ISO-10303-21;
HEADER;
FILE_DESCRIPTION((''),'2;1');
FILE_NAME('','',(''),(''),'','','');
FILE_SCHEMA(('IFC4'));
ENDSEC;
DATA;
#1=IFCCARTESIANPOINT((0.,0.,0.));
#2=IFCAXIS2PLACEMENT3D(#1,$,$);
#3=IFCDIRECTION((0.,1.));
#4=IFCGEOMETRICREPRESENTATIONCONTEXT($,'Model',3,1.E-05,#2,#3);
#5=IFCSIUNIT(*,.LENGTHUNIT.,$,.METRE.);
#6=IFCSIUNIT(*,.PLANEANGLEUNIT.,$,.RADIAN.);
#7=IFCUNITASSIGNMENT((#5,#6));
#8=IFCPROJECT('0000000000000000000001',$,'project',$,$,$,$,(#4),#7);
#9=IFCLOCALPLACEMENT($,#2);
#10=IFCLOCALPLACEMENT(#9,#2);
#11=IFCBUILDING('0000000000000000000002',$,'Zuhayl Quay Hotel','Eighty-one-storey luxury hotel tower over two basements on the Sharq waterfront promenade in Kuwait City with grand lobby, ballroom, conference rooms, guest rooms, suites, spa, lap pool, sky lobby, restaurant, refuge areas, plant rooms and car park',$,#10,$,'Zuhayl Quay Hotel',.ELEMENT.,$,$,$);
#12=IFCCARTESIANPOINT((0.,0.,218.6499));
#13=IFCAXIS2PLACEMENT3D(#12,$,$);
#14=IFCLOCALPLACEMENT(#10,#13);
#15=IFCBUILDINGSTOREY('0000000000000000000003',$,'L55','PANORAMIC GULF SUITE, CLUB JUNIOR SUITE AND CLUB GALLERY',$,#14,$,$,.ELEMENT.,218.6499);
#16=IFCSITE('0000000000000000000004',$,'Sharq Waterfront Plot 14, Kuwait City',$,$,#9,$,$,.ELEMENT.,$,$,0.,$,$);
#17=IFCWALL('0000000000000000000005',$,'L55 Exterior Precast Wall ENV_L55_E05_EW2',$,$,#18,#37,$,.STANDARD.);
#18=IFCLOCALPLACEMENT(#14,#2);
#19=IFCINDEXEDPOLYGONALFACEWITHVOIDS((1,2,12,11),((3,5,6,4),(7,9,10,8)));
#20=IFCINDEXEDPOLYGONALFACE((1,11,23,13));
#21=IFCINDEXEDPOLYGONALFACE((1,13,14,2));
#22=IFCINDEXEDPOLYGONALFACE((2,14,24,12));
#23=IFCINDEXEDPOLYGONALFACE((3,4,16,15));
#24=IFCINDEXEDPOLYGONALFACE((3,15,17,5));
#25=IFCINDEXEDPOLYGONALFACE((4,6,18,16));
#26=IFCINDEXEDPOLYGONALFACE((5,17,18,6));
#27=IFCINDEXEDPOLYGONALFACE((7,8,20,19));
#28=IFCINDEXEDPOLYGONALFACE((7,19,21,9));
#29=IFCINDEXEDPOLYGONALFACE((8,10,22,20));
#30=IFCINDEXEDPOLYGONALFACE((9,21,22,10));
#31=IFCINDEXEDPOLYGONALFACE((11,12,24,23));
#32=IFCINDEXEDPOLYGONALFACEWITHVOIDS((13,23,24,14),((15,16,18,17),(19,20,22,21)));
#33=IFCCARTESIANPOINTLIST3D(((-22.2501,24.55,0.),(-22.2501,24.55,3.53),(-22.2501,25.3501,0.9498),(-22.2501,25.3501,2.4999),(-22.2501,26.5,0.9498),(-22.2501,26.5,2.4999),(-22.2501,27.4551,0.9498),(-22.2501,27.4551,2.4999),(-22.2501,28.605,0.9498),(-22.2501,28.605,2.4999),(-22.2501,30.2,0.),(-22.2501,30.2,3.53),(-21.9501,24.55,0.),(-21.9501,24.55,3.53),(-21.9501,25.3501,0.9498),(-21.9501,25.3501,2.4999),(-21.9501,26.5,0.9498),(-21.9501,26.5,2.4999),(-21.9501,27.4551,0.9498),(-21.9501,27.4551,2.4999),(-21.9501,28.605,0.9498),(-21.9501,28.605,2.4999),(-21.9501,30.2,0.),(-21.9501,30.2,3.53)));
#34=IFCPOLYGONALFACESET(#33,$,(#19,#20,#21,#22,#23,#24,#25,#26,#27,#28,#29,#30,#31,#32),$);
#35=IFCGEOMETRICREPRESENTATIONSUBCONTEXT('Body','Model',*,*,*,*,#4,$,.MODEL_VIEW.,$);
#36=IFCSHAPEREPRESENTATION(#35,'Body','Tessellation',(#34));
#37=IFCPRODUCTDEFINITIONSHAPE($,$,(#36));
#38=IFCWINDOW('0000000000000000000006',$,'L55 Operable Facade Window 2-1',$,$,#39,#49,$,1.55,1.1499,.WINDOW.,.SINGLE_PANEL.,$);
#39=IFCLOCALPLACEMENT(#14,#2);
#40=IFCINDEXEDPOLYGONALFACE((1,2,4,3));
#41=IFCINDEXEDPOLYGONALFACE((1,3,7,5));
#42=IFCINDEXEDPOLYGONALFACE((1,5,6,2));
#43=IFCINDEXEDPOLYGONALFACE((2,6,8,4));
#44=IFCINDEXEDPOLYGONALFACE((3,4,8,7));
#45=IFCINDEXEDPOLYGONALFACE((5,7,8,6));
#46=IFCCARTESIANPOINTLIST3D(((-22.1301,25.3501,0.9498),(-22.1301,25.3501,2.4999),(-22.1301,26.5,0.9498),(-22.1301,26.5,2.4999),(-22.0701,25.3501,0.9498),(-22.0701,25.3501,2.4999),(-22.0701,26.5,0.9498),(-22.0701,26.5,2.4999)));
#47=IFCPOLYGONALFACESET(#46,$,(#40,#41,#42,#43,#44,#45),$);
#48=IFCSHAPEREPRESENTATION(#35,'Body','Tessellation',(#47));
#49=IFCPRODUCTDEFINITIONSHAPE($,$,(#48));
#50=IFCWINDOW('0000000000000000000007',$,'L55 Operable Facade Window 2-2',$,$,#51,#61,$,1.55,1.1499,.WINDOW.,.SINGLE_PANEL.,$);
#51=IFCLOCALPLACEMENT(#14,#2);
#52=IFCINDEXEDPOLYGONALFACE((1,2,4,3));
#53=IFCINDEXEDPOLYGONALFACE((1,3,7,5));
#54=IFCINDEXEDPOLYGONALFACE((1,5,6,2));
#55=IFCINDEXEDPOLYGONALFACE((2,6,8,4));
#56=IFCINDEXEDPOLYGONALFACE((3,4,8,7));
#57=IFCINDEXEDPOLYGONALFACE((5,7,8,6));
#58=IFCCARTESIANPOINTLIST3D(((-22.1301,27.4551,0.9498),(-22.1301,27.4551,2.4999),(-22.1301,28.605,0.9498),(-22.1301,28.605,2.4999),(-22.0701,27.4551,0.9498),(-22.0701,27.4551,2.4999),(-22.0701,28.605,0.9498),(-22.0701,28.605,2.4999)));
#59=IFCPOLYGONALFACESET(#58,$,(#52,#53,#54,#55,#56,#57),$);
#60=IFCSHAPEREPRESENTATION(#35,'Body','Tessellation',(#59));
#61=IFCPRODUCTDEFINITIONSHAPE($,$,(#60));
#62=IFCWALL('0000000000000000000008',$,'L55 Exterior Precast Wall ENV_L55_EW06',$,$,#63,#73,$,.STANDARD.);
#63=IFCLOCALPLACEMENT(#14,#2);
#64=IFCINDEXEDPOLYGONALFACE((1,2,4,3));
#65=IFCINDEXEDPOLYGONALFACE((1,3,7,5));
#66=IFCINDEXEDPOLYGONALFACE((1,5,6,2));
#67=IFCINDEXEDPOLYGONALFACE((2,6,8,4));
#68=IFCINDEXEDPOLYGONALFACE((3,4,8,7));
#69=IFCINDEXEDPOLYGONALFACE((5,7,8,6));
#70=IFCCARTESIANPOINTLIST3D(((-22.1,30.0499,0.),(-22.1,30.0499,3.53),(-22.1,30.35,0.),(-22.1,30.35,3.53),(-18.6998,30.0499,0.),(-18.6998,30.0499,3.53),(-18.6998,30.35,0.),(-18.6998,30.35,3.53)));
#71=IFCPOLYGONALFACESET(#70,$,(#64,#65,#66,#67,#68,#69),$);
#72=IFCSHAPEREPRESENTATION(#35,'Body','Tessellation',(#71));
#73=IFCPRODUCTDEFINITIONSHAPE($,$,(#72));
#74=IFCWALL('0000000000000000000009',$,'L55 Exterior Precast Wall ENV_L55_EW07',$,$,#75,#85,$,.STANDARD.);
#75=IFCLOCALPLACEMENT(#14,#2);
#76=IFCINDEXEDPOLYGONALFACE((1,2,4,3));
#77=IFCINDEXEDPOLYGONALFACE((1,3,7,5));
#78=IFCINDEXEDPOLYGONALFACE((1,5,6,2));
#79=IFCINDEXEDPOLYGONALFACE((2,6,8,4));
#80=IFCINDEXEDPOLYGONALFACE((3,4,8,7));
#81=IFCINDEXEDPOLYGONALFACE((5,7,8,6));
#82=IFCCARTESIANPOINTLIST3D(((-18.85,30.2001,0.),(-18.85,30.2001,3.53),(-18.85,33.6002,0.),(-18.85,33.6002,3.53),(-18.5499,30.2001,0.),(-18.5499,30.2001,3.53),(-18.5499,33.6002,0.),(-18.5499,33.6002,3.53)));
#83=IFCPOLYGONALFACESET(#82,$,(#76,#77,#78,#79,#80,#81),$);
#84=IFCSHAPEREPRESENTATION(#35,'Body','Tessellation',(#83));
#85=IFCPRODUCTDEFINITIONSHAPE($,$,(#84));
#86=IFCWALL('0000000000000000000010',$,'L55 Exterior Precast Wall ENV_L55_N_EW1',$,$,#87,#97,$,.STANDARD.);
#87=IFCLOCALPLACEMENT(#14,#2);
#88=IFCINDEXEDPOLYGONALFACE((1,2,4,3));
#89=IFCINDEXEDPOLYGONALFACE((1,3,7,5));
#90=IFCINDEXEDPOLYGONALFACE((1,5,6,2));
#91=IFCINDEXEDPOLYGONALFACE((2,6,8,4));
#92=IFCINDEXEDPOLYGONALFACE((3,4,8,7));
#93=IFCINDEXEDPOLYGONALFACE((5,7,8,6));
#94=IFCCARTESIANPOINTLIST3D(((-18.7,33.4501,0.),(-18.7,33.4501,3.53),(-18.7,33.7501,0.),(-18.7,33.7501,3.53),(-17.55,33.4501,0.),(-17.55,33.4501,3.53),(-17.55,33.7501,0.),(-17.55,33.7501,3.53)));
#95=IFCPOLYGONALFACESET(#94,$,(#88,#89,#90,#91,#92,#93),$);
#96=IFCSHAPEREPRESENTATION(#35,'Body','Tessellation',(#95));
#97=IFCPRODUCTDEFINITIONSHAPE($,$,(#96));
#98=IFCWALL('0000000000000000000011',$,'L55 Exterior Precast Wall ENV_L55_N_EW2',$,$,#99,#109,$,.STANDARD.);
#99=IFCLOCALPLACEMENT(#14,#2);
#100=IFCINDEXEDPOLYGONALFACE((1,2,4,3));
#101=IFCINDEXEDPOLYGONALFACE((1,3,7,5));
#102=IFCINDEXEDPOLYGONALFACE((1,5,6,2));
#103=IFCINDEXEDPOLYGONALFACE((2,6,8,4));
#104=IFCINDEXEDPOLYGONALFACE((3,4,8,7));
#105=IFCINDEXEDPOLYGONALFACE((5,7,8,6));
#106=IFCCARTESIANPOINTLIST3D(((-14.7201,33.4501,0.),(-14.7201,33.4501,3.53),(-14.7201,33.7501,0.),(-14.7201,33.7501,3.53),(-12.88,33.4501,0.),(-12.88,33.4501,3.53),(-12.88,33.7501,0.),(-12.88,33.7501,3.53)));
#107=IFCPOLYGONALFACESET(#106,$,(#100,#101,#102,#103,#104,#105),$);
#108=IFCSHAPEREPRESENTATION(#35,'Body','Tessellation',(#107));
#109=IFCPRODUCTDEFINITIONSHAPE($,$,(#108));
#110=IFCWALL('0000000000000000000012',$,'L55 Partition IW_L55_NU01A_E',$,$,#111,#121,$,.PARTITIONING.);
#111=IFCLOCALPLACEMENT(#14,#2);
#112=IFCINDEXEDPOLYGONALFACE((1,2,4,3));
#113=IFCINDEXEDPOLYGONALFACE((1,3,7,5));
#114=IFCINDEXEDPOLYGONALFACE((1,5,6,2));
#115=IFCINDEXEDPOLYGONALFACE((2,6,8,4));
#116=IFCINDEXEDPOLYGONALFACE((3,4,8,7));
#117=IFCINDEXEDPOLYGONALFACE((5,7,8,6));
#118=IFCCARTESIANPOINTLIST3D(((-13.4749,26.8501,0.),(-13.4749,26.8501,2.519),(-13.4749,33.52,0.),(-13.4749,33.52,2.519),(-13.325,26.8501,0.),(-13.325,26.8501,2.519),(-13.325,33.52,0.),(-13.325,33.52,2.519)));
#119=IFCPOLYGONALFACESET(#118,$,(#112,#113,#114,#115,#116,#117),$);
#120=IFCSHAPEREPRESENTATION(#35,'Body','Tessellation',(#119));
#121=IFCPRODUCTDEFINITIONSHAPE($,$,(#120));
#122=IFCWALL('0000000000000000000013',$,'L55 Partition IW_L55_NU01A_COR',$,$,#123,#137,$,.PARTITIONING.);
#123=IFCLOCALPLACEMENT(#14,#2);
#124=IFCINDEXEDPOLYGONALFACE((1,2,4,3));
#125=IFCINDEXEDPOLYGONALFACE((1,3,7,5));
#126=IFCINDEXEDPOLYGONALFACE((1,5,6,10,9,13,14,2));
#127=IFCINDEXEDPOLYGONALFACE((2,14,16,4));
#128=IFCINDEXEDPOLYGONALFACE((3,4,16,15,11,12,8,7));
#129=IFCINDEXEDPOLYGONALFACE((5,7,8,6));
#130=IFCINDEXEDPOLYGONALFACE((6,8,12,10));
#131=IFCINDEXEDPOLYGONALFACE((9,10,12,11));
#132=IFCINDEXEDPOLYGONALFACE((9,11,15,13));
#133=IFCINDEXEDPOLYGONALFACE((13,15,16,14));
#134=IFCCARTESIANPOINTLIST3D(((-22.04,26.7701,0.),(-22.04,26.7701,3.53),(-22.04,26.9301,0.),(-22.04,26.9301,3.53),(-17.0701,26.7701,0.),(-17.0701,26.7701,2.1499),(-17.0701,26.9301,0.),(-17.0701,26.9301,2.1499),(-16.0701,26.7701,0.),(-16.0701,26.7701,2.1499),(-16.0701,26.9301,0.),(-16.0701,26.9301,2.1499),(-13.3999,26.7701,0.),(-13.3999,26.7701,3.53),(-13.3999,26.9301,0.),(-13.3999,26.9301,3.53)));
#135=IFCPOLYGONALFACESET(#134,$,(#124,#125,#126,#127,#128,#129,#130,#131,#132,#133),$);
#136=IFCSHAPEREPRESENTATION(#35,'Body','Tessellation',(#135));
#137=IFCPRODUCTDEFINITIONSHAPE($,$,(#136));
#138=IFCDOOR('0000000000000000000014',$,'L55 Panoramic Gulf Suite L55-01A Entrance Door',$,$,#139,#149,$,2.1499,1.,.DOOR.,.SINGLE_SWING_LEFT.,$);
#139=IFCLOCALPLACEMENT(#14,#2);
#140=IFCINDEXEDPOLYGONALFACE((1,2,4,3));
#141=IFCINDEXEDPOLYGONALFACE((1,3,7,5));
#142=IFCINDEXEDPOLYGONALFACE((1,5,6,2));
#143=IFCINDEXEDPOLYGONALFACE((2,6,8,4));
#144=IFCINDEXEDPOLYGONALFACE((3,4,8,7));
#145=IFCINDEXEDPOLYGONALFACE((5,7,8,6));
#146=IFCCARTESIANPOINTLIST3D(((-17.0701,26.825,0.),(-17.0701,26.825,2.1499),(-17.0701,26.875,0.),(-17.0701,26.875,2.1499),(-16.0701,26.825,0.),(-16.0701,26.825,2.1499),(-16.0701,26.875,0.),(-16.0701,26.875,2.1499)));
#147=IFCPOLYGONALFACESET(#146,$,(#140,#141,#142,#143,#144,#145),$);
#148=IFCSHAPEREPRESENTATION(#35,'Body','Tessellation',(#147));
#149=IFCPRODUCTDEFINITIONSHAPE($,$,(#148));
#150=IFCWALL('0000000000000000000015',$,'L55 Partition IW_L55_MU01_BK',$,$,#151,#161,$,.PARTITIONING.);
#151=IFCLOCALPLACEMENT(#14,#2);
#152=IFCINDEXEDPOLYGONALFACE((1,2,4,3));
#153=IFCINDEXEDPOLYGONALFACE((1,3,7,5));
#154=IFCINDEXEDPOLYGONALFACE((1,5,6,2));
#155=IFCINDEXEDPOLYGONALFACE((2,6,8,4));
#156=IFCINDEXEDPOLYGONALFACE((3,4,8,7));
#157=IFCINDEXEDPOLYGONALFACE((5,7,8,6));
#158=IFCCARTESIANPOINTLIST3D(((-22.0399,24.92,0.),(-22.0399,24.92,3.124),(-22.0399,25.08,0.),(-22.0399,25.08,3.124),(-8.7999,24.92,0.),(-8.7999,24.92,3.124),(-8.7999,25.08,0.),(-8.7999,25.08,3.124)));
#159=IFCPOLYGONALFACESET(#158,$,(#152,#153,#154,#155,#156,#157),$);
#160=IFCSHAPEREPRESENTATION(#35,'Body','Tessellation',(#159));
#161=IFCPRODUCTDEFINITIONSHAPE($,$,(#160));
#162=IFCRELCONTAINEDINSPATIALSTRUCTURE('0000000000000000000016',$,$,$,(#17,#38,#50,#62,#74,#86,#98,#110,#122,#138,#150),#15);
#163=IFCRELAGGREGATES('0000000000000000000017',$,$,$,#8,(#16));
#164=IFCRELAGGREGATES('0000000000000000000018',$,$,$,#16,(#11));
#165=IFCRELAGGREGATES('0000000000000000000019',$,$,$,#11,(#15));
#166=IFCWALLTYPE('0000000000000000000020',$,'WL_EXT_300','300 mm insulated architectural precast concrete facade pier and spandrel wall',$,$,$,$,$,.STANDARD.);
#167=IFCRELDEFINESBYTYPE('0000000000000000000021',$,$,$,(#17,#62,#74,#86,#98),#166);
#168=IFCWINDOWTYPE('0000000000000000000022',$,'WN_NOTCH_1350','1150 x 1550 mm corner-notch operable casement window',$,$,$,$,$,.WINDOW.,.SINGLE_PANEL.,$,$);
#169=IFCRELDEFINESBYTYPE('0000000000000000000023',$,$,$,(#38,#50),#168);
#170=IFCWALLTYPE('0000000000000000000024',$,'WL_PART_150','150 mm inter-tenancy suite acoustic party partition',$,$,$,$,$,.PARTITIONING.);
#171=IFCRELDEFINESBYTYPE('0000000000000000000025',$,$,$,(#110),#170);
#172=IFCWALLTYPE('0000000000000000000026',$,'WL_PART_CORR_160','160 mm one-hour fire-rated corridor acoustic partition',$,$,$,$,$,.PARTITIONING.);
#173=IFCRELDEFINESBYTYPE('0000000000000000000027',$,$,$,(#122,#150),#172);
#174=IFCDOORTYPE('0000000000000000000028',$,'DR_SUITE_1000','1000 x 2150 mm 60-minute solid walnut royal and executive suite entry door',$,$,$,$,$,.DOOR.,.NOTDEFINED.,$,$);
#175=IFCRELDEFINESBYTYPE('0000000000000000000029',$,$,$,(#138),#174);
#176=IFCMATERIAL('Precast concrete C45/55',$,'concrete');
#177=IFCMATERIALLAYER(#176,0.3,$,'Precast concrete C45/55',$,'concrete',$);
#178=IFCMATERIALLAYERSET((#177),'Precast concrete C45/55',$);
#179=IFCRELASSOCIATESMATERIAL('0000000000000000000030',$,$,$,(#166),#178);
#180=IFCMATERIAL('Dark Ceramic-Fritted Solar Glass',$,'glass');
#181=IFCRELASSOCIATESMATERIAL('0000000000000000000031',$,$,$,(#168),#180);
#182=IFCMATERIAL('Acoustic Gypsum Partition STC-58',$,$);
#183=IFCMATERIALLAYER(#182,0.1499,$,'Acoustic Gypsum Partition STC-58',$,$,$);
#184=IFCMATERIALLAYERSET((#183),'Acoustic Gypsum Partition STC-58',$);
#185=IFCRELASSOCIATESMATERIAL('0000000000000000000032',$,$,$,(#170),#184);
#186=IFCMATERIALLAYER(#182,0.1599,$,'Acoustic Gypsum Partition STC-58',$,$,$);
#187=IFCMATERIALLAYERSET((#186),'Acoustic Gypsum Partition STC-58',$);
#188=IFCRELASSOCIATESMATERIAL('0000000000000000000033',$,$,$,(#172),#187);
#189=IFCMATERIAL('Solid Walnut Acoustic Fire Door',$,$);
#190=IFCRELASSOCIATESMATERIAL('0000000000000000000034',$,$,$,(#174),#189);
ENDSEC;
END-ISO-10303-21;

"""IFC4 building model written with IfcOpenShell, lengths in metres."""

from ifc_helpers import new_model, si_unit, direction, frame, frame_2d, origin, place, context, subcontext, project, spatial, rectangle, extrude, material, layer, layer_set, type_object, element, fill, save


model = new_model("IFC4")

# Units and contexts
model_context = context("Model", 3, precision=1e-05, world=origin(), true_north=direction((0.0, 1.0)))
body_context = subcontext(model_context, "Body", "Model", "MODEL_VIEW")
ifc_project = project(units=[si_unit("LENGTHUNIT", "METRE"), si_unit("PLANEANGLEUNIT", "RADIAN")], contexts=[model_context])

# Site, building, storey
site_placement = place(None, origin())
site = spatial("IfcSite", under=ifc_project, at=site_placement, Name="Sharq Waterfront Plot 14, Kuwait City", CompositionType="ELEMENT", RefElevation=0.0)
building_placement = place(site_placement, origin())
building = spatial("IfcBuilding", under=site, at=building_placement, Name="Zuhayl Quay Hotel", Description="Eighty-one-storey luxury hotel tower over two basements on the Sharq waterfront promenade in Kuwait City with grand lobby, ballroom, conference rooms, guest rooms, suites, spa, lap pool, sky lobby, restaurant, refuge areas, plant rooms and car park", LongName="Zuhayl Quay Hotel", CompositionType="ELEMENT")
storey_placement = place(building_placement, frame((0.0, 0.0, 218.6499)))
storey = spatial("IfcBuildingStorey", under=building, at=storey_placement, Name="L55", Description="PANORAMIC GULF SUITE, CLUB JUNIOR SUITE AND CLUB GALLERY", CompositionType="ELEMENT", Elevation=218.6499)

# Shared definitions
ifc_material_1 = material(Name="Dark Ceramic-Fritted Solar Glass", Category="glass")

# Wall, openings, windows
ifc_material_2 = material(Name="Precast concrete C45/55", Category="concrete")
ifc_layer_1 = layer(ifc_material_2, 0.3, Name="Precast concrete C45/55", Category="concrete")
ifc_layer_set_1 = layer_set([ifc_layer_1], Name="Precast concrete C45/55")
wall_type_1 = type_object("IfcWallType", Name="WL_EXT_300", Description="300 mm insulated architectural precast concrete facade pier and spandrel wall", PredefinedType="STANDARD", material=ifc_layer_set_1)
wall_1_placement = place(storey_placement, frame((-22.1001, 24.55, 0.0), z_axis=(0.0, 0.0, 1.0), x_axis=(0.0, 1.0, 0.0)))
wall_1 = element("IfcWall", 1, at=wall_1_placement, inside=storey, type_object=wall_type_1, Name="L55 Exterior Precast Wall ENV_L55_E05_EW2", PredefinedType="STANDARD", context=body_context, shape_type="SweptSolid", body=[
    extrude(rectangle(XDim=5.6499, YDim=0.3, at=frame_2d((2.825, 0.0))), origin(), (0.0, 0.0, 1.0), 3.53),
])
opening_1_placement = place(wall_1_placement, frame((0.8, 0.0, 0.95)))
opening_1 = element("IfcOpeningElement", 2, at=opening_1_placement, cuts=wall_1, PredefinedType="OPENING", context=body_context, shape_type="SweptSolid", body=[
    extrude(rectangle(XDim=1.1499, YDim=1.55, at=frame_2d((0.575, 0.7749))), frame((0.0, 0.1599, 0.0), z_axis=(0.0, -1.0, 0.0), x_axis=(1.0, 0.0, 0.0)), (0.0, 0.0, 1.0), 0.3201),
])
opening_2_placement = place(wall_1_placement, frame((2.905, 0.0, 0.95)))
opening_2 = element("IfcOpeningElement", 3, at=opening_2_placement, cuts=wall_1, PredefinedType="OPENING", context=body_context, shape_type="SweptSolid", body=[
    extrude(rectangle(XDim=1.1499, YDim=1.55, at=frame_2d((0.575, 0.7749))), frame((0.0, 0.1599, 0.0), z_axis=(0.0, -1.0, 0.0), x_axis=(1.0, 0.0, 0.0)), (0.0, 0.0, 1.0), 0.3201),
])
window_type = type_object("IfcWindowType", Name="WN_NOTCH_1350", Description="1150 x 1550 mm corner-notch operable casement window", PartitioningType="SINGLE_PANEL", PredefinedType="WINDOW", material=ifc_material_1)
window_1_placement = place(opening_1_placement, origin())
window_1 = element("IfcWindow", 4, at=window_1_placement, inside=storey, type_object=window_type, Name="L55 Operable Facade Window 2-1", OverallHeight=1.55, OverallWidth=1.1499, PartitioningType="SINGLE_PANEL", PredefinedType="WINDOW", context=body_context, shape_type="SweptSolid", body=[
    extrude(rectangle(XDim=1.1499, YDim=1.55, at=frame_2d((0.575, 0.7749))), frame((0.0, 0.03, 0.0), z_axis=(0.0, -1.0, 0.0), x_axis=(1.0, 0.0, 0.0)), (0.0, 0.0, 1.0), 0.0601),
])
fill(opening_1, window_1)
window_2_placement = place(opening_2_placement, origin())
window_2 = element("IfcWindow", 5, at=window_2_placement, inside=storey, type_object=window_type, Name="L55 Operable Facade Window 2-2", OverallHeight=1.55, OverallWidth=1.1499, PartitioningType="SINGLE_PANEL", PredefinedType="WINDOW", context=body_context, shape_type="SweptSolid", body=[
    extrude(rectangle(XDim=1.1499, YDim=1.55, at=frame_2d((0.575, 0.7749))), frame((0.0, 0.03, 0.0), z_axis=(0.0, -1.0, 0.0), x_axis=(1.0, 0.0, 0.0)), (0.0, 0.0, 1.0), 0.0601),
])
fill(opening_2, window_2)

# Walls
for number, where, z_axis, x_axis, name in (
    (6, (-22.1001, 30.2, 0.0), (0.0, 0.0, 1.0), (1.0, 0.0, 0.0), "L55 Exterior Precast Wall ENV_L55_EW06"),
    (7, (-18.7, 30.2, 0.0), (0.0, 0.0, 1.0), (0.0, 1.0, 0.0), "L55 Exterior Precast Wall ENV_L55_EW07"),
):
    element("IfcWall", number, at=place(storey_placement, frame(where, z_axis=z_axis, x_axis=x_axis)), inside=storey, type_object=wall_type_1, Name=name, PredefinedType="STANDARD", context=body_context, shape_type="SweptSolid", body=[
        extrude(rectangle(XDim=3.4001, YDim=0.3, at=frame_2d((1.7002, 0.0))), origin(), (0.0, 0.0, 1.0), 3.53),
    ])
wall_2_placement = place(storey_placement, frame((-18.7, 33.6001, 0.0), z_axis=(0.0, 0.0, 1.0), x_axis=(1.0, 0.0, 0.0)))
element("IfcWall", 8, at=wall_2_placement, inside=storey, type_object=wall_type_1, Name="L55 Exterior Precast Wall ENV_L55_N_EW1", PredefinedType="STANDARD", context=body_context, shape_type="SweptSolid", body=[
    extrude(rectangle(XDim=1.1499, YDim=0.3, at=frame_2d((0.575, 0.0))), origin(), (0.0, 0.0, 1.0), 3.53),
])
wall_3_placement = place(storey_placement, frame((-14.72, 33.6001, 0.0), z_axis=(0.0, 0.0, 1.0), x_axis=(1.0, 0.0, 0.0)))
element("IfcWall", 9, at=wall_3_placement, inside=storey, type_object=wall_type_1, Name="L55 Exterior Precast Wall ENV_L55_N_EW2", PredefinedType="STANDARD", context=body_context, shape_type="SweptSolid", body=[
    extrude(rectangle(XDim=1.8401, YDim=0.3, at=frame_2d((0.9199, 0.0))), origin(), (0.0, 0.0, 1.0), 3.53),
])
ifc_material_3 = material(Name="Acoustic Gypsum Partition STC-58")
ifc_layer_2 = layer(ifc_material_3, 0.1499, Name="Acoustic Gypsum Partition STC-58")
ifc_layer_set_2 = layer_set([ifc_layer_2], Name="Acoustic Gypsum Partition STC-58")
wall_type_2 = type_object("IfcWallType", Name="WL_PART_150", Description="150 mm inter-tenancy suite acoustic party partition", PredefinedType="PARTITIONING", material=ifc_layer_set_2)
wall_4_placement = place(storey_placement, frame((-13.3999, 26.8501, 0.0), z_axis=(0.0, 0.0, 1.0), x_axis=(0.0, 1.0, 0.0)))
element("IfcWall", 10, at=wall_4_placement, inside=storey, type_object=wall_type_2, Name="L55 Partition IW_L55_NU01A_E", PredefinedType="PARTITIONING", context=body_context, shape_type="SweptSolid", body=[
    extrude(rectangle(XDim=6.6699, YDim=0.1499, at=frame_2d((3.335, 0.0))), origin(), (0.0, 0.0, 1.0), 2.519),
])

# Wall, opening, door
ifc_layer_3 = layer(ifc_material_3, 0.1599, Name="Acoustic Gypsum Partition STC-58")
ifc_layer_set_3 = layer_set([ifc_layer_3], Name="Acoustic Gypsum Partition STC-58")
wall_type_3 = type_object("IfcWallType", Name="WL_PART_CORR_160", Description="160 mm one-hour fire-rated corridor acoustic partition", PredefinedType="PARTITIONING", material=ifc_layer_set_3)
wall_5_placement = place(storey_placement, frame((-22.04, 26.8501, 0.0), z_axis=(0.0, 0.0, 1.0), x_axis=(1.0, 0.0, 0.0)))
wall_5 = element("IfcWall", 11, at=wall_5_placement, inside=storey, type_object=wall_type_3, Name="L55 Partition IW_L55_NU01A_COR", PredefinedType="PARTITIONING", context=body_context, shape_type="SweptSolid", body=[
    extrude(rectangle(XDim=8.6401, YDim=0.1599, at=frame_2d((4.3201, 0.0))), origin(), (0.0, 0.0, 1.0), 3.53),
])
opening_3_placement = place(wall_5_placement, frame((4.97, 0.0, 0.0)))
opening_3 = element("IfcOpeningElement", 12, at=opening_3_placement, cuts=wall_5, PredefinedType="OPENING", context=body_context, shape_type="SweptSolid", body=[
    extrude(rectangle(XDim=1.0, YDim=2.1499, at=frame_2d((0.5, 1.075))), frame((0.0, 0.0898, 0.0), z_axis=(0.0, -1.0, 0.0), x_axis=(1.0, 0.0, 0.0)), (0.0, 0.0, 1.0), 0.1799),
])
ifc_material_4 = material(Name="Solid Walnut Acoustic Fire Door")
door_type_1 = type_object("IfcDoorType", Name="DR_SUITE_1000", Description="1000 x 2150 mm 60-minute solid walnut royal and executive suite entry door", OperationType="NOTDEFINED", PredefinedType="DOOR", material=ifc_material_4)
door_1_placement = place(opening_3_placement, origin())
door_1 = element("IfcDoor", 13, at=door_1_placement, inside=storey, type_object=door_type_1, Name="L55 Panoramic Gulf Suite L55-01A Entrance Door", OperationType="SINGLE_SWING_LEFT", OverallHeight=2.1499, OverallWidth=1.0, PredefinedType="DOOR", context=body_context, shape_type="SweptSolid", body=[
    extrude(rectangle(XDim=1.0, YDim=2.1499, at=frame_2d((0.5, 1.075))), frame((0.0, 0.0249, 0.0), z_axis=(0.0, -1.0, 0.0), x_axis=(1.0, 0.0, 0.0)), (0.0, 0.0, 1.0), 0.05),
])
fill(opening_3, door_1)

# Wall
wall_6_placement = place(storey_placement, frame((-22.04, 25.0, 0.0), z_axis=(0.0, 0.0, 1.0), x_axis=(1.0, 0.0, 0.0)))
element("IfcWall", 14, at=wall_6_placement, inside=storey, type_object=wall_type_3, Name="L55 Partition IW_L55_MU01_BK", PredefinedType="PARTITIONING", context=body_context, shape_type="SweptSolid", body=[
    extrude(rectangle(XDim=13.24, YDim=0.1599, at=frame_2d((6.6201, 0.0))), origin(), (0.0, 0.0, 1.0), 3.124),
])

save(model, "model.ifc")
